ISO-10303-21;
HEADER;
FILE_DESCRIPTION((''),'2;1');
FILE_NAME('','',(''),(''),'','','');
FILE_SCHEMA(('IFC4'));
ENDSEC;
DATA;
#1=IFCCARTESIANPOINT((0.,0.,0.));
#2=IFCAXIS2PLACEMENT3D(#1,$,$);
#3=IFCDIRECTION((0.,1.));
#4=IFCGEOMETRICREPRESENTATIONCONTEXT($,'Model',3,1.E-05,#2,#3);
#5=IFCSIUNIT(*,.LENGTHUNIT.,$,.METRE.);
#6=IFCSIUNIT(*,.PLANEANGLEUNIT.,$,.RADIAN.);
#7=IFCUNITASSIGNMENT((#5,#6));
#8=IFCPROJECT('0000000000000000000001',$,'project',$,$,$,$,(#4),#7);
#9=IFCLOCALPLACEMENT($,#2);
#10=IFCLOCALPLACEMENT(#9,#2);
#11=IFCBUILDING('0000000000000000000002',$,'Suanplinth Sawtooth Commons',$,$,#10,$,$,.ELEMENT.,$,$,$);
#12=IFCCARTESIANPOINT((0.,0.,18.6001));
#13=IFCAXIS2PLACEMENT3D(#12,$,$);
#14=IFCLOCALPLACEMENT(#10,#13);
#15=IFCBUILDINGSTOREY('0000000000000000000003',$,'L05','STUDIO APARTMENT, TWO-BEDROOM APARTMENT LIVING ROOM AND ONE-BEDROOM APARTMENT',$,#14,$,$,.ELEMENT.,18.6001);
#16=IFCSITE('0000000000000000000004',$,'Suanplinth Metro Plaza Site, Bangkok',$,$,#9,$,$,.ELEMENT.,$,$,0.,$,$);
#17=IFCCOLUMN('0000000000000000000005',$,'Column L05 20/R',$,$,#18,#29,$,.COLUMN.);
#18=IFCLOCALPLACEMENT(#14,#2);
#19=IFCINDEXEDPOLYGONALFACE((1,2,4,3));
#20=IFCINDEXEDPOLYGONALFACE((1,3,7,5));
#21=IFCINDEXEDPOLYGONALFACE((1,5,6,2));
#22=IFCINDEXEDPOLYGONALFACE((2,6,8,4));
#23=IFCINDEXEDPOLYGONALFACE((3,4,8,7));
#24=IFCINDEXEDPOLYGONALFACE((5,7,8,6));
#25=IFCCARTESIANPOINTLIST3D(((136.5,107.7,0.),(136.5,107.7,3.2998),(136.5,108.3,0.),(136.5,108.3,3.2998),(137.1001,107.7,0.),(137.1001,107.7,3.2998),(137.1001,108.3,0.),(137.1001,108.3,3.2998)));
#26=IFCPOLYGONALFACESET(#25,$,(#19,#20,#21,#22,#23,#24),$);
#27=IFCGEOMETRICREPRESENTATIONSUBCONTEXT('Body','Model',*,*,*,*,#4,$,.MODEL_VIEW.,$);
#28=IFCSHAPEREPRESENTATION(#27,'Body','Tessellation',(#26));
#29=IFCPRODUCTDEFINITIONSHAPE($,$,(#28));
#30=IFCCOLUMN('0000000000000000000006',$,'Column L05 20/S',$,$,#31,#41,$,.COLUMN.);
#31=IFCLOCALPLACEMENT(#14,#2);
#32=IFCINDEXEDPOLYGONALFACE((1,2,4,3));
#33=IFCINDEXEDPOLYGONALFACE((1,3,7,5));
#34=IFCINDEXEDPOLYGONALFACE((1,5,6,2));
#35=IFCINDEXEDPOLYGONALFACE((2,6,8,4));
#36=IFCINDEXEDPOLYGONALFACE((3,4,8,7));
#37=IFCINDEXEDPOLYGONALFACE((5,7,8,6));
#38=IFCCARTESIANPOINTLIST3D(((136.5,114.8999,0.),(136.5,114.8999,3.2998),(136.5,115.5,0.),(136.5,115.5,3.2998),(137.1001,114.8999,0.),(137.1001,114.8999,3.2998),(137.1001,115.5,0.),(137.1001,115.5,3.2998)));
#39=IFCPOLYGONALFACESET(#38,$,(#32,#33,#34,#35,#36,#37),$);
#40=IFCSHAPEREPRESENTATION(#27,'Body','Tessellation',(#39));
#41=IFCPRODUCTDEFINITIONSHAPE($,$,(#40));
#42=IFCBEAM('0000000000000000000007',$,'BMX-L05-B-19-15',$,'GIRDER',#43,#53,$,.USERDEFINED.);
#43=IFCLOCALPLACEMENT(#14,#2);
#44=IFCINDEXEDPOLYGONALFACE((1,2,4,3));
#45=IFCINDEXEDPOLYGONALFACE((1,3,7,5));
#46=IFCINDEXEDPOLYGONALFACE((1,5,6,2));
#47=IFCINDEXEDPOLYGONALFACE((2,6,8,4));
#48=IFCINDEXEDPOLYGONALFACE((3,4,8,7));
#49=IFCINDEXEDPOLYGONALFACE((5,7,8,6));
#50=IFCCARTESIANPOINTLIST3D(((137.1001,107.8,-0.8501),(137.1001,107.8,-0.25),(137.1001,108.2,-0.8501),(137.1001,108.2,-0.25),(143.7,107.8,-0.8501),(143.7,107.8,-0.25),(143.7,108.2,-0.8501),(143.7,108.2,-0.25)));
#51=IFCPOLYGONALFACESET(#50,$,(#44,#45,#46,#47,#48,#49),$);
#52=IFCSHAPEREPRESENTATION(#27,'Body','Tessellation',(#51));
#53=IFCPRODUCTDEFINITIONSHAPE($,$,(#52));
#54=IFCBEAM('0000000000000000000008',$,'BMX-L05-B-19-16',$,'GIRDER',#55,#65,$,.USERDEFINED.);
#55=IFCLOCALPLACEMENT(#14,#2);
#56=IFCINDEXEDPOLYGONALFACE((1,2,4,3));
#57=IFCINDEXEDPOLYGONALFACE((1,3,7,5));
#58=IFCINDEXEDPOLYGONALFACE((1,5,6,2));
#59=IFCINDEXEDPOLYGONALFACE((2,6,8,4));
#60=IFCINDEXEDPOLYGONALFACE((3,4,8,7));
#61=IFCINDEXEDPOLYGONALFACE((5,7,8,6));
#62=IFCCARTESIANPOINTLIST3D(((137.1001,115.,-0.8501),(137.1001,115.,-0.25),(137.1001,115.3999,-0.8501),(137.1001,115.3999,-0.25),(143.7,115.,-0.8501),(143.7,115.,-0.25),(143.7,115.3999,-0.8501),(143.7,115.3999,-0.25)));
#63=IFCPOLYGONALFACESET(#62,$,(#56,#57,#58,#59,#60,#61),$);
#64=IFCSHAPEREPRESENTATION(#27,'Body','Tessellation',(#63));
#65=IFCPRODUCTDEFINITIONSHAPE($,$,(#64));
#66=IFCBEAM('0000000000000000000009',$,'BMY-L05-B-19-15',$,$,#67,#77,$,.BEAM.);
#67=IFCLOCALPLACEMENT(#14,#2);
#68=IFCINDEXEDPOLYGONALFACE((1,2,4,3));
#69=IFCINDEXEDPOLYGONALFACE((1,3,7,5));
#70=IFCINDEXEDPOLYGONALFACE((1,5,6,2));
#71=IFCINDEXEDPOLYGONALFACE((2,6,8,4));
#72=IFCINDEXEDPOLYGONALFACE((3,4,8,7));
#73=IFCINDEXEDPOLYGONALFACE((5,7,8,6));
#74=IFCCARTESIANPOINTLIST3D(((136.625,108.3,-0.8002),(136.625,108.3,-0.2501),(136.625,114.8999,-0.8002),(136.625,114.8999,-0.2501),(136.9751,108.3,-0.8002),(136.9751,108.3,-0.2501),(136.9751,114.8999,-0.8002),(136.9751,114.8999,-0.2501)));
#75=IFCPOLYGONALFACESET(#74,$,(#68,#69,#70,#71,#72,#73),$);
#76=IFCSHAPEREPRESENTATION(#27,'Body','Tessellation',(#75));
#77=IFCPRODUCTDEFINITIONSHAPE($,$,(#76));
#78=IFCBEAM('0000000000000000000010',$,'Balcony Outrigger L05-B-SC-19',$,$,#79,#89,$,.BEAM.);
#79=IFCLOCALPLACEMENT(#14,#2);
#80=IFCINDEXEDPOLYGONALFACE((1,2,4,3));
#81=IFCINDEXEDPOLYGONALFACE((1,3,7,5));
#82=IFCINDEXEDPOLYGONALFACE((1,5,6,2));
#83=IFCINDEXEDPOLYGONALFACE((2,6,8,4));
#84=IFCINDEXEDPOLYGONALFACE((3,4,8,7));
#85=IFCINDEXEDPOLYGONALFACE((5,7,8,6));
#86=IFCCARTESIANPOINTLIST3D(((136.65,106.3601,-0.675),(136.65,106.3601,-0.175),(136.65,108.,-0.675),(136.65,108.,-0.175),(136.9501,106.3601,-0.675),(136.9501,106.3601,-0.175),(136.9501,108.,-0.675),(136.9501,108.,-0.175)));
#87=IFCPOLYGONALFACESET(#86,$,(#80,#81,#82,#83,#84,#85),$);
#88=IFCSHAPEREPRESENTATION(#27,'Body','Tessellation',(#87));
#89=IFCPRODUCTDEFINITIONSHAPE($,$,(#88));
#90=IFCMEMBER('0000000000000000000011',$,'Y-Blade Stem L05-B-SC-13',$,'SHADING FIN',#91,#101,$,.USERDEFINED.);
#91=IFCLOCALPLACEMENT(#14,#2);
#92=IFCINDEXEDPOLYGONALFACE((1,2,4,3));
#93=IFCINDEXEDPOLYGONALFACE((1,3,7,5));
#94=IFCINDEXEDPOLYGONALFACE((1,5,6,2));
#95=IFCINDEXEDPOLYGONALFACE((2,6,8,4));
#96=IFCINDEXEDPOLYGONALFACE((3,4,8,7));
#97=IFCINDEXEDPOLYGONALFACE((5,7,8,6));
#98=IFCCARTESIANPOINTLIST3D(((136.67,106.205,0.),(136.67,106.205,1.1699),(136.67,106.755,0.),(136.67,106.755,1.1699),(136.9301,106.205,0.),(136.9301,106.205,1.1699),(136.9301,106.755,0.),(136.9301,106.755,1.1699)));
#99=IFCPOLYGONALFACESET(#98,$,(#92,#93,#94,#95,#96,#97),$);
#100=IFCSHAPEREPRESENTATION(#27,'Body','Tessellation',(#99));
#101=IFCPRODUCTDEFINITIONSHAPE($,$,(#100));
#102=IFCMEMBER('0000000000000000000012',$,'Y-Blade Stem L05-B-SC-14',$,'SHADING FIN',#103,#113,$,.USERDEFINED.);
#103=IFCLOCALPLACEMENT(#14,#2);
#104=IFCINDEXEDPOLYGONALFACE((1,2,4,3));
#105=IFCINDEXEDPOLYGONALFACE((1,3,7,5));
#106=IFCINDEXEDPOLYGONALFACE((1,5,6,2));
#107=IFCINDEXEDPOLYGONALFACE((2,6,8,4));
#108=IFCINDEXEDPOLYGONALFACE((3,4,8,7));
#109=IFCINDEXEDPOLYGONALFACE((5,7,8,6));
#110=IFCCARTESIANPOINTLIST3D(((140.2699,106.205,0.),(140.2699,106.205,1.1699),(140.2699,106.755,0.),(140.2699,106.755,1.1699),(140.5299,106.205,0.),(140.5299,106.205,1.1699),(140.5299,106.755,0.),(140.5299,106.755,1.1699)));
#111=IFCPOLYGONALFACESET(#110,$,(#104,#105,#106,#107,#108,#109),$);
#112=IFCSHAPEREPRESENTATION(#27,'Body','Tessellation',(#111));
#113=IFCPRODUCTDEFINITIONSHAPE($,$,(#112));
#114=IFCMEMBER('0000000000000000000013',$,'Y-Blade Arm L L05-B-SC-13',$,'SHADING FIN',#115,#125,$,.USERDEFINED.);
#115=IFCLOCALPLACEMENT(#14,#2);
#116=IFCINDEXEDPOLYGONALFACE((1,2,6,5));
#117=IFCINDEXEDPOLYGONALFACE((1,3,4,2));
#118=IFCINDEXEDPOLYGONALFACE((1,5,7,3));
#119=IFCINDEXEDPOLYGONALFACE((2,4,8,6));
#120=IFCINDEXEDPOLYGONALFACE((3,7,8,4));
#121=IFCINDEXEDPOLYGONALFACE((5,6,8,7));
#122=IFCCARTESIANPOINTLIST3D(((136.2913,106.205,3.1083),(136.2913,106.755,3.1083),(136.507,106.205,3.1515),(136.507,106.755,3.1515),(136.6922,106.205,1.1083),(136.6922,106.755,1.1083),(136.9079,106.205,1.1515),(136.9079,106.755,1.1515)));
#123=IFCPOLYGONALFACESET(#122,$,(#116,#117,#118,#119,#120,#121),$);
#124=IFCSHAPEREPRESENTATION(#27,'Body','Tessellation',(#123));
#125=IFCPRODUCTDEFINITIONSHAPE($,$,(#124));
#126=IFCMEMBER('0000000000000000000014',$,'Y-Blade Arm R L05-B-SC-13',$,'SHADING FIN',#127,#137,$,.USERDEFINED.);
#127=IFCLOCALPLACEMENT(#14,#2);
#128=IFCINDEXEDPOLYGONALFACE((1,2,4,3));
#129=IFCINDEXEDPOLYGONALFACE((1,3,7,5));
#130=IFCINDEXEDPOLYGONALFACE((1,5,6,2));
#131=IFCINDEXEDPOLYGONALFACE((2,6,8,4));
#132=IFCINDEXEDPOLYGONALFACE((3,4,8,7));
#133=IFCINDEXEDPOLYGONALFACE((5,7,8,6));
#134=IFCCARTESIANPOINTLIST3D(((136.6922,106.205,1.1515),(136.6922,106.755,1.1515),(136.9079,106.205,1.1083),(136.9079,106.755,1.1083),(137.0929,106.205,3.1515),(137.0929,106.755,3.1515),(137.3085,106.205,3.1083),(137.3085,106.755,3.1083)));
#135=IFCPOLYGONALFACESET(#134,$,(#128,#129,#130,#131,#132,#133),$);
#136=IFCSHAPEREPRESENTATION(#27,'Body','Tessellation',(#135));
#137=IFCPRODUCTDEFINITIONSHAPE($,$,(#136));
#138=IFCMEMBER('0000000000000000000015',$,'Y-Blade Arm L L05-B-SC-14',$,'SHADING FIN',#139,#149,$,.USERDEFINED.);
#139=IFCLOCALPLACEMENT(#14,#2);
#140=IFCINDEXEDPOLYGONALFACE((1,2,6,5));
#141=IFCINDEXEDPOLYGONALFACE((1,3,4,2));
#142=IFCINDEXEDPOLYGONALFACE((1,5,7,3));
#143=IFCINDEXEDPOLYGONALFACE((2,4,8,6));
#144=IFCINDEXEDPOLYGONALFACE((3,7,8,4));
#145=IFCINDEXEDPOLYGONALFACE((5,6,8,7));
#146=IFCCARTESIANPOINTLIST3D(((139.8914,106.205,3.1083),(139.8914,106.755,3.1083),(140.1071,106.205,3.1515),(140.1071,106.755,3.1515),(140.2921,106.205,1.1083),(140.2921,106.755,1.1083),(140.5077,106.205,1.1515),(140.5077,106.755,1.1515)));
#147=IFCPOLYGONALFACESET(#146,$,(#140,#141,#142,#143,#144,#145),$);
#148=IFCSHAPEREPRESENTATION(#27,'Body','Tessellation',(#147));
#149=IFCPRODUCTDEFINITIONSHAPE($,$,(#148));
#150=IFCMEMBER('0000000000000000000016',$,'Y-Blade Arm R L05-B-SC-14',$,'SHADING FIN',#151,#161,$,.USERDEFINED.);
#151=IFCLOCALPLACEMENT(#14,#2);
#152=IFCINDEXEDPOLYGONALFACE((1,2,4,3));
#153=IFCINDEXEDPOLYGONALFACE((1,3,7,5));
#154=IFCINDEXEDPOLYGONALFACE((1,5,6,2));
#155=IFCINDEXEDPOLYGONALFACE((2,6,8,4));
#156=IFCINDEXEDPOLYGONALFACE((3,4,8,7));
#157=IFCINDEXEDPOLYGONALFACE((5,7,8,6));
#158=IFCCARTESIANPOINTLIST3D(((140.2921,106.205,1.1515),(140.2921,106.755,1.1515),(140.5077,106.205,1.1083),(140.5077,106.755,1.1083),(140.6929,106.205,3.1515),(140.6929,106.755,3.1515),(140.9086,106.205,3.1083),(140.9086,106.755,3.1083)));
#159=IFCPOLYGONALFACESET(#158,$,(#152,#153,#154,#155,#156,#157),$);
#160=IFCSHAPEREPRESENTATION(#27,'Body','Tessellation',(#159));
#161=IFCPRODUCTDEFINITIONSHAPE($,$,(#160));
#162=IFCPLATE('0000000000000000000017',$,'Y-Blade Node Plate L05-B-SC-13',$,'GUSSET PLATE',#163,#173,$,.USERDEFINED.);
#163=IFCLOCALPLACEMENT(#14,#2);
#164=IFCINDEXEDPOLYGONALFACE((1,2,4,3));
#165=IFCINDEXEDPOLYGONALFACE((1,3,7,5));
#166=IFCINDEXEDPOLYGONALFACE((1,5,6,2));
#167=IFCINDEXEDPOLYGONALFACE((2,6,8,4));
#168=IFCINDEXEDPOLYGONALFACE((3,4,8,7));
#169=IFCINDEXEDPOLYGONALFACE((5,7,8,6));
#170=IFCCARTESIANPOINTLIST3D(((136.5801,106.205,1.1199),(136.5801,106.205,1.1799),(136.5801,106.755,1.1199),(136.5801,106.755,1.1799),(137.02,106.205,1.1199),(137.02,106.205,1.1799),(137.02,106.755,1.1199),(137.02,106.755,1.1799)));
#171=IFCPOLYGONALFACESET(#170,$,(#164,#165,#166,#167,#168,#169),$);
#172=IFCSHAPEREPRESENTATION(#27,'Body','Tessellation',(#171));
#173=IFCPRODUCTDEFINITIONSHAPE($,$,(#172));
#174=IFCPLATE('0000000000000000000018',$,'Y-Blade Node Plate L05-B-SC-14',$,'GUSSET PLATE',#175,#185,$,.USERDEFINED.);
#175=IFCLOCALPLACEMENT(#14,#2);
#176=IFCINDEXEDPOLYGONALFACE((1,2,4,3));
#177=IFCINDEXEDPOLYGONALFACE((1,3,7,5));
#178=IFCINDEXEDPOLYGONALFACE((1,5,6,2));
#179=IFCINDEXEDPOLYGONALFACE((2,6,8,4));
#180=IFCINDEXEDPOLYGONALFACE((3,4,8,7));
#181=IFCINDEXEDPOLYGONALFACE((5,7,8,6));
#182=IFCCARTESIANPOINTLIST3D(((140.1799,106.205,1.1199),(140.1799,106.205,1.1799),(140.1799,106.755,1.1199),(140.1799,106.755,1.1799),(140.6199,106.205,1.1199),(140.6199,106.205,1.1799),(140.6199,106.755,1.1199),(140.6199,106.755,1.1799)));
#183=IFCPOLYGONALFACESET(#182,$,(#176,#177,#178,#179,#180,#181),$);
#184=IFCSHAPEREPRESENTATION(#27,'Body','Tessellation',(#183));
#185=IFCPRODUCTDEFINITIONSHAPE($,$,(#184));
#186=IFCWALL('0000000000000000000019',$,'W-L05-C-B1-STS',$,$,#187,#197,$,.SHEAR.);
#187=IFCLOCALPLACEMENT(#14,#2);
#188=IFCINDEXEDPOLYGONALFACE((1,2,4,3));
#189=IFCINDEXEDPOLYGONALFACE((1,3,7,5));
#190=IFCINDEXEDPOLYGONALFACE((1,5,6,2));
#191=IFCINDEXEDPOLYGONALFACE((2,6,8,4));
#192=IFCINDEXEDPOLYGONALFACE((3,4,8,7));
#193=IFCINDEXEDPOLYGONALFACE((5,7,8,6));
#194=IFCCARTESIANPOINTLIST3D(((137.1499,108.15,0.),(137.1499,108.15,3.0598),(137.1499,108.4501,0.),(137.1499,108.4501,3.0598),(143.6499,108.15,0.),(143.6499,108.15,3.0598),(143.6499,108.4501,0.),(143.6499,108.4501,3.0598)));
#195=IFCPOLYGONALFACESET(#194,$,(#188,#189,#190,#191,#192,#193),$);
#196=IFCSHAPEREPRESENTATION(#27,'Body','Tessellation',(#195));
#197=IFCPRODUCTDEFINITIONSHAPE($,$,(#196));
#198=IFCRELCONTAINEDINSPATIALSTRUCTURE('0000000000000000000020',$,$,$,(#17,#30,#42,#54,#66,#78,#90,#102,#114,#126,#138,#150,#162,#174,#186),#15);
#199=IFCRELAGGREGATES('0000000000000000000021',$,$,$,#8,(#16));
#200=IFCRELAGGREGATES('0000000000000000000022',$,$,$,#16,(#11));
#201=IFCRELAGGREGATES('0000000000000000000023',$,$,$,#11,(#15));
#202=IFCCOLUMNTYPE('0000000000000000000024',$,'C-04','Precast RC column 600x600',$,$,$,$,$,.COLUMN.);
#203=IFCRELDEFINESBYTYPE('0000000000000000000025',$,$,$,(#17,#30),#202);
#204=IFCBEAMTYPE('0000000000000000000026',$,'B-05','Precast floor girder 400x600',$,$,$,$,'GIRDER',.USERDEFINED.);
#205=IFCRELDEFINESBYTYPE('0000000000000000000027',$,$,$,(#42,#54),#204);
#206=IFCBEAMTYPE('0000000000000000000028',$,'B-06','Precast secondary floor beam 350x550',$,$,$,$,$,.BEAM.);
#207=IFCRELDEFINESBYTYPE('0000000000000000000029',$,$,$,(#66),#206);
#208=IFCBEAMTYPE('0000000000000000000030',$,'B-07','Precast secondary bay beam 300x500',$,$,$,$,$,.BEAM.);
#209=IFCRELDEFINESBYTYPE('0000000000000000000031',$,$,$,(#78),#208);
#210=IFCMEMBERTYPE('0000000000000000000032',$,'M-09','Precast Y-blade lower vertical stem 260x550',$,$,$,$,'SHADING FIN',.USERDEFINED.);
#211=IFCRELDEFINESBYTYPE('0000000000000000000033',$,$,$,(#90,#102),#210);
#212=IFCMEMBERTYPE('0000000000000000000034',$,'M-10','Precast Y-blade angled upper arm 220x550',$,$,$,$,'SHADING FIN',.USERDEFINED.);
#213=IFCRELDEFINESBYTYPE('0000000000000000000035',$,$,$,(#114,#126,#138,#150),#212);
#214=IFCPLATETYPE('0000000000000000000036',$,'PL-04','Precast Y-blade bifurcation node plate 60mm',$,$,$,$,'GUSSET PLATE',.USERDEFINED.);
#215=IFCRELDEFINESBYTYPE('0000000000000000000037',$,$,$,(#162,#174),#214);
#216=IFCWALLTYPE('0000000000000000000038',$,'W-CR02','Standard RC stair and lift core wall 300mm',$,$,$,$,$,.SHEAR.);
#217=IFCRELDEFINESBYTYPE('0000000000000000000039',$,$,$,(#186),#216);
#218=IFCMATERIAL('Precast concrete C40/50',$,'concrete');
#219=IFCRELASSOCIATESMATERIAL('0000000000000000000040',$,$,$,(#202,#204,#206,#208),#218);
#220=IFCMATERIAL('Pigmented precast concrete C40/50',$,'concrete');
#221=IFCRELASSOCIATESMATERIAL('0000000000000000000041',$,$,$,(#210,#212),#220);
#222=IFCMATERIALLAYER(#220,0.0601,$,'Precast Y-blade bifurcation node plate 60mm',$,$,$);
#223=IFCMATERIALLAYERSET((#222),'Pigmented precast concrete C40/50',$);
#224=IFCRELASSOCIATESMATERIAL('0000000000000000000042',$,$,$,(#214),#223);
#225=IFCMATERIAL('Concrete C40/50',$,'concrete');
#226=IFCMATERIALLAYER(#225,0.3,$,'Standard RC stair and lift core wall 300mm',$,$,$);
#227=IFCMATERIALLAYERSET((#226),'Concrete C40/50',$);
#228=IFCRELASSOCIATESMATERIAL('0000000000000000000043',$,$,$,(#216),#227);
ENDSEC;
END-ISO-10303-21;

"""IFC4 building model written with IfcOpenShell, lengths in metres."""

from ifc_helpers import new_model, si_unit, direction, frame, frame_2d, origin, origin_2d, place, context, subcontext, project, spatial, rectangle, extrude, material, layer, layer_set, material_profile, profile_set, type_object, element, save


model = new_model("IFC4")

# Units and contexts
model_context = context("Model", 3, precision=1e-05, world=origin(), true_north=direction((0.0, 1.0)))
body_context = subcontext(model_context, "Body", "Model", "MODEL_VIEW")
ifc_project = project(units=[si_unit("LENGTHUNIT", "METRE"), si_unit("PLANEANGLEUNIT", "RADIAN")], contexts=[model_context])

# Site, building, storey
site_placement = place(None, origin())
site = spatial("IfcSite", under=ifc_project, at=site_placement, Name="Suanplinth Metro Plaza Site, Bangkok", CompositionType="ELEMENT", RefElevation=0.0)
building_placement = place(site_placement, origin())
building = spatial("IfcBuilding", under=site, at=building_placement, Name="Suanplinth Sawtooth Commons", CompositionType="ELEMENT")
storey_placement = place(building_placement, frame((0.0, 0.0, 18.6001)))
storey = spatial("IfcBuildingStorey", under=building, at=storey_placement, Name="L05", Description="STUDIO APARTMENT, TWO-BEDROOM APARTMENT LIVING ROOM AND ONE-BEDROOM APARTMENT", CompositionType="ELEMENT", Elevation=18.6001)

# Columns
ifc_material_1 = material(Name="Precast concrete C40/50", Category="concrete")
ifc_material_profile_1 = material_profile(ifc_material_1, rectangle(XDim=0.6001, YDim=0.6001, at=origin_2d()), Name="PC-COL 600x600")
ifc_profile_set_1 = profile_set([ifc_material_profile_1], Name="Precast concrete C40/50")
column_type = type_object("IfcColumnType", Name="C-04", Description="Precast RC column 600x600", PredefinedType="COLUMN", material=ifc_profile_set_1)
for number, where, z_axis, x_axis, name in (
    (1, (136.8, 108.0, 0.0), (0.0, 0.0, 1.0), (1.0, 0.0, 0.0), "Column L05 20/R"),
    (2, (136.8, 115.2, 0.0), (0.0, 0.0, 1.0), (1.0, 0.0, 0.0), "Column L05 20/S"),
):
    element("IfcColumn", number, at=place(storey_placement, frame(where, z_axis=z_axis, x_axis=x_axis)), inside=storey, type_object=column_type, Name=name, PredefinedType="COLUMN", context=body_context, shape_type="SweptSolid", body=[
        extrude(rectangle(XDim=0.6001, YDim=0.6001, at=origin_2d()), origin(), (0.0, 0.0, 1.0), 3.2998),
    ])

# Beams
ifc_material_profile_2 = material_profile(ifc_material_1, rectangle(XDim=0.3999, YDim=0.6001, at=origin_2d()), Name="PC-GDR 400x600")
ifc_profile_set_2 = profile_set([ifc_material_profile_2], Name="Precast concrete C40/50")
beam_type_1 = type_object("IfcBeamType", Name="B-05", Description="Precast floor girder 400x600", ElementType="GIRDER", PredefinedType="USERDEFINED", material=ifc_profile_set_2)
for number, where, z_axis, x_axis, name in (
    (3, (137.1001, 108.0, -0.55), (1.0, 0.0, 0.0), (0.0, 1.0, 0.0), "BMX-L05-B-19-15"),
    (4, (137.1001, 115.2, -0.55), (1.0, 0.0, 0.0), (0.0, 1.0, 0.0), "BMX-L05-B-19-16"),
):
    element("IfcBeam", number, at=place(storey_placement, frame(where, z_axis=z_axis, x_axis=x_axis)), inside=storey, type_object=beam_type_1, Name=name, ObjectType="GIRDER", PredefinedType="USERDEFINED", context=body_context, shape_type="SweptSolid", body=[
        extrude(rectangle(XDim=0.3999, YDim=0.6001, at=origin_2d()), origin(), (0.0, 0.0, 1.0), 6.5999),
    ])
ifc_material_profile_3 = material_profile(ifc_material_1, rectangle(XDim=0.3501, YDim=0.55, at=origin_2d()), Name="PC-BM 350x550")
ifc_profile_set_3 = profile_set([ifc_material_profile_3], Name="Precast concrete C40/50")
beam_type_2 = type_object("IfcBeamType", Name="B-06", Description="Precast secondary floor beam 350x550", PredefinedType="BEAM", material=ifc_profile_set_3)
beam_1_placement = place(storey_placement, frame((136.8, 108.3, -0.5251), z_axis=(0.0, 1.0, 0.0), x_axis=(-1.0, 0.0, 0.0)))
element("IfcBeam", 5, at=beam_1_placement, inside=storey, type_object=beam_type_2, Name="BMY-L05-B-19-15", PredefinedType="BEAM", context=body_context, shape_type="SweptSolid", body=[
    extrude(rectangle(XDim=0.3501, YDim=0.55, at=origin_2d()), origin(), (0.0, 0.0, 1.0), 6.5999),
])
ifc_material_profile_4 = material_profile(ifc_material_1, rectangle(XDim=0.3, YDim=0.5, at=origin_2d()), Name="PC-BM 300x500")
ifc_profile_set_4 = profile_set([ifc_material_profile_4], Name="Precast concrete C40/50")
beam_type_3 = type_object("IfcBeamType", Name="B-07", Description="Precast secondary bay beam 300x500", PredefinedType="BEAM", material=ifc_profile_set_4)
beam_2_placement = place(storey_placement, frame((136.8, 108.0, -0.425), z_axis=(0.0, -1.0, 0.0), x_axis=(1.0, 0.0, 0.0)))
element("IfcBeam", 6, at=beam_2_placement, inside=storey, type_object=beam_type_3, Name="Balcony Outrigger L05-B-SC-19", PredefinedType="BEAM", context=body_context, shape_type="SweptSolid", body=[
    extrude(rectangle(XDim=0.3, YDim=0.5, at=origin_2d()), origin(), (0.0, 0.0, 1.0), 1.6399),
])

# Members
ifc_material_2 = material(Name="Pigmented precast concrete C40/50", Category="concrete")
ifc_material_profile_5 = material_profile(ifc_material_2, rectangle(XDim=0.26, YDim=0.55, at=origin_2d()), Name="PC-FIN 260x550")
ifc_profile_set_5 = profile_set([ifc_material_profile_5], Name="Pigmented precast concrete C40/50")
member_type_1 = type_object("IfcMemberType", Name="M-09", Description="Precast Y-blade lower vertical stem 260x550", ElementType="SHADING FIN", PredefinedType="USERDEFINED", material=ifc_profile_set_5)
for number, where, z_axis, x_axis, name in (
    (7, (136.8, 106.48, 0.0), (0.0, 0.0, 1.0), (1.0, 0.0, 0.0), "Y-Blade Stem L05-B-SC-13"),
    (8, (140.3999, 106.48, 0.0), (0.0, 0.0, 1.0), (1.0, 0.0, 0.0), "Y-Blade Stem L05-B-SC-14"),
):
    element("IfcMember", number, at=place(storey_placement, frame(where, z_axis=z_axis, x_axis=x_axis)), inside=storey, type_object=member_type_1, Name=name, ObjectType="SHADING FIN", PredefinedType="USERDEFINED", context=body_context, shape_type="SweptSolid", body=[
        extrude(rectangle(XDim=0.26, YDim=0.55, at=origin_2d()), origin(), (0.0, 0.0, 1.0), 1.1699),
    ])
ifc_material_profile_6 = material_profile(ifc_material_2, rectangle(XDim=0.22, YDim=0.55, at=origin_2d()), Name="PC-FIN 220x550")
ifc_profile_set_6 = profile_set([ifc_material_profile_6], Name="Pigmented precast concrete C40/50")
member_type_2 = type_object("IfcMemberType", Name="M-10", Description="Precast Y-blade angled upper arm 220x550", ElementType="SHADING FIN", PredefinedType="USERDEFINED", material=ifc_profile_set_6)
for number, where, z_axis, x_axis, name in (
    (9, (136.8, 106.48, 1.1299), (-0.19653, 0.0, 0.980498), (0.980498, 0.0, 0.19653), "Y-Blade Arm L L05-B-SC-13"),
    (10, (136.8, 106.48, 1.1299), (0.196415, 0.0, 0.980521), (-0.980521, 0.0, 0.196415), "Y-Blade Arm R L05-B-SC-13"),
    (11, (140.3999, 106.48, 1.1299), (-0.196415, 0.0, 0.980521), (0.980521, 0.0, 0.196415), "Y-Blade Arm L L05-B-SC-14"),
    (12, (140.3999, 106.48, 1.1299), (0.19653, 0.0, 0.980498), (-0.980498, 0.0, 0.19653), "Y-Blade Arm R L05-B-SC-14"),
):
    element("IfcMember", number, at=place(storey_placement, frame(where, z_axis=z_axis, x_axis=x_axis)), inside=storey, type_object=member_type_2, Name=name, ObjectType="SHADING FIN", PredefinedType="USERDEFINED", context=body_context, shape_type="SweptSolid", body=[
        extrude(rectangle(XDim=0.22, YDim=0.55, at=origin_2d()), origin(), (0.0, 0.0, 1.0), 2.0398),
    ])

# Plates
ifc_layer_1 = layer(ifc_material_2, 0.0601, Name="Precast Y-blade bifurcation node plate 60mm")
ifc_layer_set_1 = layer_set([ifc_layer_1], Name="Pigmented precast concrete C40/50")
plate_type = type_object("IfcPlateType", Name="PL-04", Description="Precast Y-blade bifurcation node plate 60mm", ElementType="GUSSET PLATE", PredefinedType="USERDEFINED", material=ifc_layer_set_1)
for number, where, z_axis, x_axis, name in (
    (13, (136.8, 106.48, 1.1199), (0.0, 0.0, 1.0), (1.0, 0.0, 0.0), "Y-Blade Node Plate L05-B-SC-13"),
    (14, (140.3999, 106.48, 1.1199), (0.0, 0.0, 1.0), (1.0, 0.0, 0.0), "Y-Blade Node Plate L05-B-SC-14"),
):
    element("IfcPlate", number, at=place(storey_placement, frame(where, z_axis=z_axis, x_axis=x_axis)), inside=storey, type_object=plate_type, Name=name, ObjectType="GUSSET PLATE", PredefinedType="USERDEFINED", context=body_context, shape_type="SweptSolid", body=[
        extrude(rectangle(XDim=0.4399, YDim=0.55, at=origin_2d()), origin(), (0.0, 0.0, 1.0), 0.0601),
    ])

# Wall
ifc_material_3 = material(Name="Concrete C40/50", Category="concrete")
ifc_layer_2 = layer(ifc_material_3, 0.3, Name="Standard RC stair and lift core wall 300mm")
ifc_layer_set_2 = layer_set([ifc_layer_2], Name="Concrete C40/50")
wall_type_1 = type_object("IfcWallType", Name="W-CR02", Description="Standard RC stair and lift core wall 300mm", PredefinedType="SHEAR", material=ifc_layer_set_2)
wall_1_placement = place(storey_placement, frame((137.1499, 108.3, 0.0), z_axis=(0.0, 0.0, 1.0), x_axis=(1.0, 0.0, 0.0)))
element("IfcWall", 15, at=wall_1_placement, inside=storey, type_object=wall_type_1, Name="W-L05-C-B1-STS", PredefinedType="SHEAR", context=body_context, shape_type="SweptSolid", body=[
    extrude(rectangle(XDim=6.5, YDim=0.3, at=frame_2d((3.25, 0.0))), origin(), (0.0, 0.0, 1.0), 3.0598),
])

save(model, "model.ifc")
